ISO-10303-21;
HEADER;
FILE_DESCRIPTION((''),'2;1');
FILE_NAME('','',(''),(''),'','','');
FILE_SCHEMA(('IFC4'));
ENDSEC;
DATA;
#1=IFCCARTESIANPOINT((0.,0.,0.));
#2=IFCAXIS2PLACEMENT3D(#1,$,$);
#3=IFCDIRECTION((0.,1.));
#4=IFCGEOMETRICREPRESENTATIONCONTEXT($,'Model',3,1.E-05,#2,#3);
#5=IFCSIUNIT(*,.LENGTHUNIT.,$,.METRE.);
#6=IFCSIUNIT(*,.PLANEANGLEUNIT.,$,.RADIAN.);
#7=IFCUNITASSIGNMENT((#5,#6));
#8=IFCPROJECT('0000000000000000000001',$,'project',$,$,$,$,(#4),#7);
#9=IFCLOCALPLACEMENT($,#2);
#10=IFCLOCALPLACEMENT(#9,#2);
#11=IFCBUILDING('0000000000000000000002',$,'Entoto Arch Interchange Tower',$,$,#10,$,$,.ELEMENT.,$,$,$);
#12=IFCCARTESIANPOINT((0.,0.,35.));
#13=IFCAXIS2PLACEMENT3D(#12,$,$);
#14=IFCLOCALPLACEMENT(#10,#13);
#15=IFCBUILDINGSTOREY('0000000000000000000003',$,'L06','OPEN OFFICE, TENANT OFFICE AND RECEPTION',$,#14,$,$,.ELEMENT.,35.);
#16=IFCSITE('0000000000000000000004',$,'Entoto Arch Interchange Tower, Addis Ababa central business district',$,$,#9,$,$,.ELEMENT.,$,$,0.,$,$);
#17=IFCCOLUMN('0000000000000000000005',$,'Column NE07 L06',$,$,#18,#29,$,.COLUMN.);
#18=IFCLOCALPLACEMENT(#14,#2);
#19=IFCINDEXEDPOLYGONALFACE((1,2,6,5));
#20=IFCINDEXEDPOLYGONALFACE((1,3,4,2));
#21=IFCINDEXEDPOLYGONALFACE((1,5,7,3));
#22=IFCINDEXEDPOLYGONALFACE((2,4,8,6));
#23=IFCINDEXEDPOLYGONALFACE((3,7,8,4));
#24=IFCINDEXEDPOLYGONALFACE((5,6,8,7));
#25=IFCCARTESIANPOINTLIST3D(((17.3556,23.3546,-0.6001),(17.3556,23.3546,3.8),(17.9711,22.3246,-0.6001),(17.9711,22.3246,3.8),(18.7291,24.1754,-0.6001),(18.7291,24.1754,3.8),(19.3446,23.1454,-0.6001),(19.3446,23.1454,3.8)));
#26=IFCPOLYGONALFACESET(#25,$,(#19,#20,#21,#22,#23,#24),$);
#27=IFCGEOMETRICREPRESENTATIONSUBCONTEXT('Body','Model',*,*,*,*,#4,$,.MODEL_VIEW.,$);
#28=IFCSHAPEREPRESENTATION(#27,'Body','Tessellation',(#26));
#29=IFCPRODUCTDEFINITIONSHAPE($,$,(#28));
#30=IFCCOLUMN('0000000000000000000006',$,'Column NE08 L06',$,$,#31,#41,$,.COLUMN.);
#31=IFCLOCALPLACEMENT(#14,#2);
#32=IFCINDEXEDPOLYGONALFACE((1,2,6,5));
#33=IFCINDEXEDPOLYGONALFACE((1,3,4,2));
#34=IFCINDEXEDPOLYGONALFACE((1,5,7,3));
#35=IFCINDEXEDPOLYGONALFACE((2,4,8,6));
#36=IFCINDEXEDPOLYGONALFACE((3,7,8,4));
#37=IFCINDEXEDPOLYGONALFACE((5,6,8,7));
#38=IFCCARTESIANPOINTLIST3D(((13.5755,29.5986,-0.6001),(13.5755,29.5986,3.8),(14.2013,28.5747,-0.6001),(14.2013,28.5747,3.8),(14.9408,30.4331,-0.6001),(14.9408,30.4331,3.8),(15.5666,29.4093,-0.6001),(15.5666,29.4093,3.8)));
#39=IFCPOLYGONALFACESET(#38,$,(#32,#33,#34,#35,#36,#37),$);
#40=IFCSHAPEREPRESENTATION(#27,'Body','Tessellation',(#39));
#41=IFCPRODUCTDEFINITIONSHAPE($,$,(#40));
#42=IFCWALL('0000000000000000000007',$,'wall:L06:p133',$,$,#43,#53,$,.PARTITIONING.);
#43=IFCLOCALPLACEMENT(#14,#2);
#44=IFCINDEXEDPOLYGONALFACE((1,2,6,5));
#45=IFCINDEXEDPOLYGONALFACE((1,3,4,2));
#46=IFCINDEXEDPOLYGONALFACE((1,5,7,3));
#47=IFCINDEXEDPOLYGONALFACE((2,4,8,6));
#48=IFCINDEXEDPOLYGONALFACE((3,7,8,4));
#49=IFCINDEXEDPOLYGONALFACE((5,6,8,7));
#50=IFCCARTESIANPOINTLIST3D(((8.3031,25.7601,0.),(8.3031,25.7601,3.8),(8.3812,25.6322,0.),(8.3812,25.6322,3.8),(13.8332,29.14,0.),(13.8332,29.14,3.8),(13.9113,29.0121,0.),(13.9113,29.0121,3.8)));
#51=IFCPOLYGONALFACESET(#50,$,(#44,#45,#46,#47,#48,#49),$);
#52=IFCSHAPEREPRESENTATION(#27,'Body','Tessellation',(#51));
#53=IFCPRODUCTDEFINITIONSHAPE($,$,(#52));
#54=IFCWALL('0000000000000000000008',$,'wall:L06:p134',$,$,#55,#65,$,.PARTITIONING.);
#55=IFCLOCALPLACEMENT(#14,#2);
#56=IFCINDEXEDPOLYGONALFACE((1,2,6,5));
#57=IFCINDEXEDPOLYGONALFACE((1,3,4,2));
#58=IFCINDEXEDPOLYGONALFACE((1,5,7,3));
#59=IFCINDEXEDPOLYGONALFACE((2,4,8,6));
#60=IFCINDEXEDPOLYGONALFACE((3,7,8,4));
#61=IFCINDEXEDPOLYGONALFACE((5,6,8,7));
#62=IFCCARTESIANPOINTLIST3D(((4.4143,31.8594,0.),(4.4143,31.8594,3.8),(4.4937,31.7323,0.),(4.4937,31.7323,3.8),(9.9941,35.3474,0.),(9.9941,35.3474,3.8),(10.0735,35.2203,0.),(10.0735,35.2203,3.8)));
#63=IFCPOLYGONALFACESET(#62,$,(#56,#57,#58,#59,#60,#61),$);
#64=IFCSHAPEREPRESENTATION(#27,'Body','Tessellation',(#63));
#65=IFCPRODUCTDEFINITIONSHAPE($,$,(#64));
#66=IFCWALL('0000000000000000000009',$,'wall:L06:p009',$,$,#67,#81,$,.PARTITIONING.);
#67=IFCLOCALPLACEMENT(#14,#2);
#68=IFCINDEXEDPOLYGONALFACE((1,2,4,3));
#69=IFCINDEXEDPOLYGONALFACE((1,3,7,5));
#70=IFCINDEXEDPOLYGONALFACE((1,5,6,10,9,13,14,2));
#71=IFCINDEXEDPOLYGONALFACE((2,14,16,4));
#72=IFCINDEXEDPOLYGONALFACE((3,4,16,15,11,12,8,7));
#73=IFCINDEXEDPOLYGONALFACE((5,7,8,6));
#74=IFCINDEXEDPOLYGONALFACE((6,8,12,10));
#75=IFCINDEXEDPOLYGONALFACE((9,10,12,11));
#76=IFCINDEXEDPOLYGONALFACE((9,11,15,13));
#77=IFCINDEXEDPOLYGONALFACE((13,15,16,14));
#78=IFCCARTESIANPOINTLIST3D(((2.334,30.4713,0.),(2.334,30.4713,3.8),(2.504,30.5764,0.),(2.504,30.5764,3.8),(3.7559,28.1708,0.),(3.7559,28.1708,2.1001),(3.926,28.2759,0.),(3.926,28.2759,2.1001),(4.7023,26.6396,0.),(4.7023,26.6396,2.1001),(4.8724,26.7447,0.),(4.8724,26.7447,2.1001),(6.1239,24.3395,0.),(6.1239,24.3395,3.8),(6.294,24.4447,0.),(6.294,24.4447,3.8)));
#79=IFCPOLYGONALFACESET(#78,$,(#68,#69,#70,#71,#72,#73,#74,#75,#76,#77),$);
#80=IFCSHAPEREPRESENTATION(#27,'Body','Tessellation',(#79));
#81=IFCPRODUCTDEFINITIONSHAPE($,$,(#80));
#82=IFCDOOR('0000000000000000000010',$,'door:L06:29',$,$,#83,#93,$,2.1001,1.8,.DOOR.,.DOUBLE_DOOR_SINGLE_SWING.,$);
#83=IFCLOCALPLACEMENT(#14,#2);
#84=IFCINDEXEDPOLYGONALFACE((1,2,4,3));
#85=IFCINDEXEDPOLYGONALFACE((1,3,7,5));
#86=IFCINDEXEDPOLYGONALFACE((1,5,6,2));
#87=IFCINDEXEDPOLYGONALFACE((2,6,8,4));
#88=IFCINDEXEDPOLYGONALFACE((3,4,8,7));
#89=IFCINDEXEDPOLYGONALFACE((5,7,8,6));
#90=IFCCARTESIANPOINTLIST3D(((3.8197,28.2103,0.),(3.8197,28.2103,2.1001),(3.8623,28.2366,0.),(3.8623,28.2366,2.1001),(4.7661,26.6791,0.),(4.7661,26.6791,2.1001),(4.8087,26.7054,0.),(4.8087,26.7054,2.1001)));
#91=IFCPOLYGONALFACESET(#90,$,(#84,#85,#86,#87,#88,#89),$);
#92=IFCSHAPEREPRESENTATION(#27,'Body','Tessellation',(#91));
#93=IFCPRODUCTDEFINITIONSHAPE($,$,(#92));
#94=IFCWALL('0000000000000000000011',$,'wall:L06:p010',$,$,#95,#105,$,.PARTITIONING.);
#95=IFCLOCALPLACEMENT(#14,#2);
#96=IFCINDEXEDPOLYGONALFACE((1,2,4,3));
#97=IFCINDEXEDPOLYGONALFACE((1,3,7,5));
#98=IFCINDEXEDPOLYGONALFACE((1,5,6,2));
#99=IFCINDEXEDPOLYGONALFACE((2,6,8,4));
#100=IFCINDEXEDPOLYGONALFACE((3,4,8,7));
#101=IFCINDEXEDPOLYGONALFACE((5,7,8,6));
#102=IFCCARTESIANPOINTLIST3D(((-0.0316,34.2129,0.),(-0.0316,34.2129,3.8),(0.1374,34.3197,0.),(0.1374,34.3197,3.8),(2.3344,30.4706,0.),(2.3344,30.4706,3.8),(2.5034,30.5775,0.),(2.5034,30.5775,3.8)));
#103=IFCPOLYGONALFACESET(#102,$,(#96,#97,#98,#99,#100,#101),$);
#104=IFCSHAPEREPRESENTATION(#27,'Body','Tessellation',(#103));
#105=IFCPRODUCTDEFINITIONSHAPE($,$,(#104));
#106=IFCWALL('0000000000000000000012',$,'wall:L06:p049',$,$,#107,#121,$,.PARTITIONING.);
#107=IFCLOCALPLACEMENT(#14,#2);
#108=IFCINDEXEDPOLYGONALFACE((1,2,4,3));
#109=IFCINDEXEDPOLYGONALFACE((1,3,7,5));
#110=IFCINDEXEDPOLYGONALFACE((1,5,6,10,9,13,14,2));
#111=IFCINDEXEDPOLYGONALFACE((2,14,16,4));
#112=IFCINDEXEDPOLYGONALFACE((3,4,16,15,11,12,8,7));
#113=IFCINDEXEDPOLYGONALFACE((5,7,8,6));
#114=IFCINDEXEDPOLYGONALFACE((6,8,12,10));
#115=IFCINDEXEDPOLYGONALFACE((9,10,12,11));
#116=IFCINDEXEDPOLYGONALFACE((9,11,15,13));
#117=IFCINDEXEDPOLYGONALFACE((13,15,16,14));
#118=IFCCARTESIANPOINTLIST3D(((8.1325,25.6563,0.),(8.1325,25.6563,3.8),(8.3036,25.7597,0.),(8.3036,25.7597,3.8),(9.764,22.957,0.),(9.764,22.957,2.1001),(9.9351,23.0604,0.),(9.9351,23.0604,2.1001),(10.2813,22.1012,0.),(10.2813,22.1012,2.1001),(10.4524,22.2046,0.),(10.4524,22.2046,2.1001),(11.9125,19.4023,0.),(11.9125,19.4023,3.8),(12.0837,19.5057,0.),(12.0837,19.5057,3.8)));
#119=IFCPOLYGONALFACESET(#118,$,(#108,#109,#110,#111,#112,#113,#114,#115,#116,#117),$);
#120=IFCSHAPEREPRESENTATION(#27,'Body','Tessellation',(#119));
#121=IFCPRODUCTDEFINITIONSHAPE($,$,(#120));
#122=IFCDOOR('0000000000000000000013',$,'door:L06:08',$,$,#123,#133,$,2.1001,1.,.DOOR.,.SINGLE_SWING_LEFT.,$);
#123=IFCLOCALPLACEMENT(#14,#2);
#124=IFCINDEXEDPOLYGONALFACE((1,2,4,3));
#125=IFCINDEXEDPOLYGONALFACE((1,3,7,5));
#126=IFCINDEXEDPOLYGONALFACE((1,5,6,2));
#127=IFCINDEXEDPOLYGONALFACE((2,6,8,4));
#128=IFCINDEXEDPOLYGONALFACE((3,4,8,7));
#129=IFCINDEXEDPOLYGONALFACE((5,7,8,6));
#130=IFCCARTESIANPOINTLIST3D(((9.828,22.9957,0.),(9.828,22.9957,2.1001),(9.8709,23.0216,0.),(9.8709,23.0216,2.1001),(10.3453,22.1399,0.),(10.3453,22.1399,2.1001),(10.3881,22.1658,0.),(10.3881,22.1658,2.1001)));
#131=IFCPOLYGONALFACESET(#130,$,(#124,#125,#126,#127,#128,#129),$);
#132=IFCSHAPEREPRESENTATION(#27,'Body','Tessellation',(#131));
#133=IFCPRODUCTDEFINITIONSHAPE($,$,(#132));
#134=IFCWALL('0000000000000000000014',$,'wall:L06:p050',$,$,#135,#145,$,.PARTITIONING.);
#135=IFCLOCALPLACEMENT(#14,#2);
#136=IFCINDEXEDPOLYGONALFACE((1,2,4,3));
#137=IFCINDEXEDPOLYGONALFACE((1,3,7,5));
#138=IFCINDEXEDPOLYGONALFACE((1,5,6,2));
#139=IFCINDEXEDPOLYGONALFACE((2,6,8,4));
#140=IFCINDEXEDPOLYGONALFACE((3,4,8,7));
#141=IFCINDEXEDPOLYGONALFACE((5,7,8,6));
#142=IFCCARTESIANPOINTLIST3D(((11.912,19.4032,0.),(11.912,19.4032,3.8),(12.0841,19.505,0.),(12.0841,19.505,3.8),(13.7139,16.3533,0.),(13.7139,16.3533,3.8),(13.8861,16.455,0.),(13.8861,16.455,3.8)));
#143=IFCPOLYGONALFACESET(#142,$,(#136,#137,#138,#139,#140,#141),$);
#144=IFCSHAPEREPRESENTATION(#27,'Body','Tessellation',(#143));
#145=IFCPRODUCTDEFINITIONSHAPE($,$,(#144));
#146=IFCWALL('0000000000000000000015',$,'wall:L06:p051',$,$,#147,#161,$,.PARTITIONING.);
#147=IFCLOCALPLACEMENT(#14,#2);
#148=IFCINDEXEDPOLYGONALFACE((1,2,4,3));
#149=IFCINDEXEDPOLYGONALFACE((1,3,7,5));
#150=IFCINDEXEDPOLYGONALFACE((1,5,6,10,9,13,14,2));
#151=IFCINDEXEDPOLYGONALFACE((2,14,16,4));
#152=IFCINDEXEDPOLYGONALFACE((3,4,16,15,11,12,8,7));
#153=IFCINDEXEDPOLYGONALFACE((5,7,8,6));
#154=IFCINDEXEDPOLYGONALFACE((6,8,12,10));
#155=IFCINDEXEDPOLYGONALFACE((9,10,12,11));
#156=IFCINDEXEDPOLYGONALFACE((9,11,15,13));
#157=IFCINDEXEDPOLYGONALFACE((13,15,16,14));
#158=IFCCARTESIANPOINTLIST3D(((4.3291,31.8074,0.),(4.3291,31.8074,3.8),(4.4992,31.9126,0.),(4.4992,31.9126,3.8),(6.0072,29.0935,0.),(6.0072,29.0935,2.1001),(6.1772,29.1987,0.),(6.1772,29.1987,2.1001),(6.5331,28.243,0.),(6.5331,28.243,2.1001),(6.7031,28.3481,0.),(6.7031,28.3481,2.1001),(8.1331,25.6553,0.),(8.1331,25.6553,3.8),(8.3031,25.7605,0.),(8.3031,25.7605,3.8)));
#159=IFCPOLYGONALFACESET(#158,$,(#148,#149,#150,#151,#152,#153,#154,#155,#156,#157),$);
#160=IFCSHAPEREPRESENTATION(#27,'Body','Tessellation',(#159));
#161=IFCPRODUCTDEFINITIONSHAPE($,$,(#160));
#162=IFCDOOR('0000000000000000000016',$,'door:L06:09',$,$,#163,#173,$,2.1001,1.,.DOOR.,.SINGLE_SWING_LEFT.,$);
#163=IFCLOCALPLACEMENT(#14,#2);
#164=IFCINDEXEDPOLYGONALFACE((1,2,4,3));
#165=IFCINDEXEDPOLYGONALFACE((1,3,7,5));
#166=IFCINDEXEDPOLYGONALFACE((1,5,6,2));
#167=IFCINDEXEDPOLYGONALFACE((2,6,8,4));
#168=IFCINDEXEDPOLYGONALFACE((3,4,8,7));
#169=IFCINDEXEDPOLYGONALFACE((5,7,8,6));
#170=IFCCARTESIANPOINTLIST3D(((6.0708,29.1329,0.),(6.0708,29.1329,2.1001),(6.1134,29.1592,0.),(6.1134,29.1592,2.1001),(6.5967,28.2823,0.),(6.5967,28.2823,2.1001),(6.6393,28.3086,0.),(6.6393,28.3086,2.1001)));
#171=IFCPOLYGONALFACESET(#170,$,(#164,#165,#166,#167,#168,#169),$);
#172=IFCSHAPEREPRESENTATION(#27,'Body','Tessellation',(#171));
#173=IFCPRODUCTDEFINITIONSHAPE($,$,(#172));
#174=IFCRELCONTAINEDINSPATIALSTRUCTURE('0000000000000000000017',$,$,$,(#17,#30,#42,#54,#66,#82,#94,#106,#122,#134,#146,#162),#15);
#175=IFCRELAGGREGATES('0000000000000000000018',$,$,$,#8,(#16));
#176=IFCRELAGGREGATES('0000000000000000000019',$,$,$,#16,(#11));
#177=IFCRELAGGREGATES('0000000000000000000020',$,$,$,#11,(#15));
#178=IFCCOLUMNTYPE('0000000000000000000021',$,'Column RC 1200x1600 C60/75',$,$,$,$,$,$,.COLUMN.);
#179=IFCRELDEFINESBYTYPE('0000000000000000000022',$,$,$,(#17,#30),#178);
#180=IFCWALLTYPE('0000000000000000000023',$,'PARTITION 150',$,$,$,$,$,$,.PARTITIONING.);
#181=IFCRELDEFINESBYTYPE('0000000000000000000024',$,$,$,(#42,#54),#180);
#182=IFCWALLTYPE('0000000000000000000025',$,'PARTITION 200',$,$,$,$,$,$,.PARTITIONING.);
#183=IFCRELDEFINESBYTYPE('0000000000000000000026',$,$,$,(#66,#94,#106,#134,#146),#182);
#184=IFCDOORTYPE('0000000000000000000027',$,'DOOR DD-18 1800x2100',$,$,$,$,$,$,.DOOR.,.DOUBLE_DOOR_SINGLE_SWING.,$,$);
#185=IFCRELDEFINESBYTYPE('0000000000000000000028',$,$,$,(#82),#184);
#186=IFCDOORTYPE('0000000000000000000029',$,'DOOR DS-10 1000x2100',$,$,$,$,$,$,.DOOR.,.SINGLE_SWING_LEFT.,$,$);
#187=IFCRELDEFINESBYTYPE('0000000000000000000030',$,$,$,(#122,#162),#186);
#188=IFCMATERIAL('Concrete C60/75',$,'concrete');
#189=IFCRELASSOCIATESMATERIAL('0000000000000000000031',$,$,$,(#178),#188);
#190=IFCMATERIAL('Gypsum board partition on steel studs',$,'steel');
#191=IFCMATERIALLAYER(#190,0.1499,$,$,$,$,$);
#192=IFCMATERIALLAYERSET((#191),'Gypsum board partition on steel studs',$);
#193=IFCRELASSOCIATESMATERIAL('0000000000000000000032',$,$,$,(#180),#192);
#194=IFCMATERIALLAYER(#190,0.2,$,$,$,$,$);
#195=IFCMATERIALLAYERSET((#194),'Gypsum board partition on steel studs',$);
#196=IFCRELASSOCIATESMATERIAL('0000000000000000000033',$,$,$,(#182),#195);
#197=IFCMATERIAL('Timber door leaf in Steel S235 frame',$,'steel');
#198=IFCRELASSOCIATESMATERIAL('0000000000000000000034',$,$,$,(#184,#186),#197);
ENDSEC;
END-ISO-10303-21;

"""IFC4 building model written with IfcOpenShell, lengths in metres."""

from ifc_helpers import new_model, si_unit, direction, frame, frame_2d, origin, origin_2d, place, context, subcontext, project, spatial, rectangle, extrude, material, layer, layer_set, material_profile, profile_set, type_object, element, fill, save


model = new_model("IFC4")

# Units and contexts
model_context = context("Model", 3, precision=1e-05, world=origin(), true_north=direction((0.0, 1.0)))
body_context = subcontext(model_context, "Body", "Model", "MODEL_VIEW")
ifc_project = project(units=[si_unit("LENGTHUNIT", "METRE"), si_unit("PLANEANGLEUNIT", "RADIAN")], contexts=[model_context])

# Site, building, storey
site_placement = place(None, origin())
site = spatial("IfcSite", under=ifc_project, at=site_placement, Name="Entoto Arch Interchange Tower, Addis Ababa central business district", CompositionType="ELEMENT", RefElevation=0.0)
building_placement = place(site_placement, origin())
building = spatial("IfcBuilding", under=site, at=building_placement, Name="Entoto Arch Interchange Tower", CompositionType="ELEMENT")
storey_placement = place(building_placement, frame((0.0, 0.0, 35.0)))
storey = spatial("IfcBuildingStorey", under=building, at=storey_placement, Name="L06", Description="OPEN OFFICE, TENANT OFFICE AND RECEPTION", CompositionType="ELEMENT", Elevation=35.0)

# Columns
ifc_material_1 = material(Name="Concrete C60/75", Category="concrete")
ifc_material_profile = material_profile(ifc_material_1, rectangle(XDim=1.2, YDim=1.6001, at=origin_2d()))
ifc_profile_set = profile_set([ifc_material_profile], Name="Concrete C60/75")
column_type = type_object("IfcColumnType", Name="Column RC 1200x1600 C60/75", PredefinedType="COLUMN", material=ifc_profile_set)
for number, where, z_axis, x_axis, name in (
    (1, (18.3501, 23.25, -0.6001), (0.0, 0.0, 1.0), (-0.512972, 0.858405, 0.0), "Column NE07 L06"),
    (2, (14.571, 29.5039, -0.6001), (0.0, 0.0, 1.0), (-0.521546, 0.853223, 0.0), "Column NE08 L06"),
):
    element("IfcColumn", number, at=place(storey_placement, frame(where, z_axis=z_axis, x_axis=x_axis)), inside=storey, type_object=column_type, Name=name, PredefinedType="COLUMN", context=body_context, shape_type="SweptSolid", body=[
        extrude(rectangle(XDim=1.2, YDim=1.6001, at=origin_2d()), origin(), (0.0, 0.0, 1.0), 4.4001),
    ])

# Walls
ifc_material_2 = material(Name="Gypsum board partition on steel studs", Category="steel")
ifc_layer_1 = layer(ifc_material_2, 0.1499)
ifc_layer_set_1 = layer_set([ifc_layer_1], Name="Gypsum board partition on steel studs")
wall_type_1 = type_object("IfcWallType", Name="PARTITION 150", PredefinedType="PARTITIONING", material=ifc_layer_set_1)
wall_1_placement = place(storey_placement, frame((8.342, 25.696, 0.0), z_axis=(0.0, 0.0, 1.0), x_axis=(0.853253, 0.521497, 0.0)))
element("IfcWall", 3, at=wall_1_placement, inside=storey, type_object=wall_type_1, Name="wall:L06:p133", PredefinedType="PARTITIONING", context=body_context, shape_type="SweptSolid", body=[
    extrude(rectangle(XDim=6.4812, YDim=0.1499, at=frame_2d((3.2407, 0.0))), origin(), (0.0, 0.0, 1.0), 3.8),
])
wall_2_placement = place(storey_placement, frame((4.4541, 31.7959, 0.0), z_axis=(0.0, 0.0, 1.0), x_axis=(0.847955, 0.530069, 0.0)))
element("IfcWall", 4, at=wall_2_placement, inside=storey, type_object=wall_type_1, Name="wall:L06:p134", PredefinedType="PARTITIONING", context=body_context, shape_type="SweptSolid", body=[
    extrude(rectangle(XDim=6.5803, YDim=0.1499, at=frame_2d((3.29, 0.0))), origin(), (0.0, 0.0, 1.0), 3.8),
])

# Wall, opening, door
ifc_layer_2 = layer(ifc_material_2, 0.2)
ifc_layer_set_2 = layer_set([ifc_layer_2], Name="Gypsum board partition on steel studs")
wall_type_2 = type_object("IfcWallType", Name="PARTITION 200", PredefinedType="PARTITIONING", material=ifc_layer_set_2)
wall_3_placement = place(storey_placement, frame((6.209, 24.3921, 0.0), z_axis=(0.0, 0.0, 1.0), x_axis=(-0.525767, 0.850629, 0.0)))
wall_3 = element("IfcWall", 5, at=wall_3_placement, inside=storey, type_object=wall_type_2, Name="wall:L06:p009", PredefinedType="PARTITIONING", context=body_context, shape_type="SweptSolid", body=[
    extrude(rectangle(XDim=7.2085, YDim=0.2, at=frame_2d((3.6042, 0.0))), origin(), (0.0, 0.0, 1.0), 3.8),
])
opening_1_placement = place(wall_3_placement, frame((2.7041, 0.0, 0.0)))
opening_1 = element("IfcOpeningElement", 6, at=opening_1_placement, cuts=wall_3, PredefinedType="OPENING", context=body_context, shape_type="SweptSolid", body=[
    extrude(rectangle(XDim=1.8, YDim=2.1001, at=frame_2d((0.8999, 1.05))), frame((0.0, 0.1099, 0.0), z_axis=(0.0, -1.0, 0.0), x_axis=(1.0, 0.0, 0.0)), (0.0, 0.0, 1.0), 0.22),
])
ifc_material_3 = material(Name="Timber door leaf in Steel S235 frame", Category="steel")
door_type_1 = type_object("IfcDoorType", Name="DOOR DD-18 1800x2100", OperationType="DOUBLE_DOOR_SINGLE_SWING", PredefinedType="DOOR", material=ifc_material_3)
door_1_placement = place(opening_1_placement, origin())
door_1 = element("IfcDoor", 7, at=door_1_placement, inside=storey, type_object=door_type_1, Name="door:L06:29", OperationType="DOUBLE_DOOR_SINGLE_SWING", OverallHeight=2.1001, OverallWidth=1.8, PredefinedType="DOOR", context=body_context, shape_type="SweptSolid", body=[
    extrude(rectangle(XDim=1.8, YDim=2.1001, at=frame_2d((0.8999, 1.05))), frame((0.0, 0.0249, 0.0), z_axis=(0.0, -1.0, 0.0), x_axis=(1.0, 0.0, 0.0)), (0.0, 0.0, 1.0), 0.05),
])
fill(opening_1, door_1)

# Wall
wall_4_placement = place(storey_placement, frame((2.4189, 30.5239, 0.0), z_axis=(0.0, 0.0, 1.0), x_axis=(-0.534393, 0.845236, 0.0)))
element("IfcWall", 8, at=wall_4_placement, inside=storey, type_object=wall_type_2, Name="wall:L06:p010", PredefinedType="PARTITIONING", context=body_context, shape_type="SweptSolid", body=[
    extrude(rectangle(XDim=4.4275, YDim=0.2, at=frame_2d((2.2139, 0.0))), origin(), (0.0, 0.0, 1.0), 3.8),
])

# Wall, opening, door
wall_5_placement = place(storey_placement, frame((8.218, 25.708, 0.0), z_axis=(0.0, 0.0, 1.0), x_axis=(0.517279, -0.855817, 0.0)))
wall_5 = element("IfcWall", 9, at=wall_5_placement, inside=storey, type_object=wall_type_2, Name="wall:L06:p049", PredefinedType="PARTITIONING", context=body_context, shape_type="SweptSolid", body=[
    extrude(rectangle(XDim=7.3076, YDim=0.2, at=frame_2d((3.6538, 0.0))), origin(), (0.0, 0.0, 1.0), 3.8),
])
opening_2_placement = place(wall_5_placement, frame((3.1541, 0.0, 0.0)))
opening_2 = element("IfcOpeningElement", 10, at=opening_2_placement, cuts=wall_5, PredefinedType="OPENING", context=body_context, shape_type="SweptSolid", body=[
    extrude(rectangle(XDim=1.0, YDim=2.1001, at=frame_2d((0.5, 1.05))), frame((0.0, 0.1099, 0.0), z_axis=(0.0, -1.0, 0.0), x_axis=(1.0, 0.0, 0.0)), (0.0, 0.0, 1.0), 0.22),
])
door_type_2 = type_object("IfcDoorType", Name="DOOR DS-10 1000x2100", OperationType="SINGLE_SWING_LEFT", PredefinedType="DOOR", material=ifc_material_3)
door_2_placement = place(opening_2_placement, origin())
door_2 = element("IfcDoor", 11, at=door_2_placement, inside=storey, type_object=door_type_2, Name="door:L06:08", OperationType="SINGLE_SWING_LEFT", OverallHeight=2.1001, OverallWidth=1.0, PredefinedType="DOOR", context=body_context, shape_type="SweptSolid", body=[
    extrude(rectangle(XDim=1.0, YDim=2.1001, at=frame_2d((0.5, 1.05))), frame((0.0, 0.0249, 0.0), z_axis=(0.0, -1.0, 0.0), x_axis=(1.0, 0.0, 0.0)), (0.0, 0.0, 1.0), 0.05),
])
fill(opening_2, door_2)

# Wall
wall_6_placement = place(storey_placement, frame((11.998, 19.4541, 0.0), z_axis=(0.0, 0.0, 1.0), x_axis=(0.508667, -0.860964, 0.0)))
element("IfcWall", 12, at=wall_6_placement, inside=storey, type_object=wall_type_2, Name="wall:L06:p050", PredefinedType="PARTITIONING", context=body_context, shape_type="SweptSolid", body=[
    extrude(rectangle(XDim=3.5425, YDim=0.2, at=frame_2d((1.7712, 0.0))), origin(), (0.0, 0.0, 1.0), 3.8),
])

# Wall, opening, door
wall_7_placement = place(storey_placement, frame((4.4141, 31.8601, 0.0), z_axis=(0.0, 0.0, 1.0), x_axis=(0.525906, -0.850543, 0.0)))
wall_7 = element("IfcWall", 13, at=wall_7_placement, inside=storey, type_object=wall_type_2, Name="wall:L06:p051", PredefinedType="PARTITIONING", context=body_context, shape_type="SweptSolid", body=[
    extrude(rectangle(XDim=7.2332, YDim=0.2, at=frame_2d((3.6167, 0.0))), origin(), (0.0, 0.0, 1.0), 3.8),
])
opening_3_placement = place(wall_7_placement, frame((3.1909, 0.0, 0.0)))
opening_3 = element("IfcOpeningElement", 14, at=opening_3_placement, cuts=wall_7, PredefinedType="OPENING", context=body_context, shape_type="SweptSolid", body=[
    extrude(rectangle(XDim=1.0, YDim=2.1001, at=frame_2d((0.5, 1.05))), frame((0.0, 0.1099, 0.0), z_axis=(0.0, -1.0, 0.0), x_axis=(1.0, 0.0, 0.0)), (0.0, 0.0, 1.0), 0.22),
])
door_3_placement = place(opening_3_placement, origin())
door_3 = element("IfcDoor", 15, at=door_3_placement, inside=storey, type_object=door_type_2, Name="door:L06:09", OperationType="SINGLE_SWING_LEFT", OverallHeight=2.1001, OverallWidth=1.0, PredefinedType="DOOR", context=body_context, shape_type="SweptSolid", body=[
    extrude(rectangle(XDim=1.0, YDim=2.1001, at=frame_2d((0.5, 1.05))), frame((0.0, 0.0249, 0.0), z_axis=(0.0, -1.0, 0.0), x_axis=(1.0, 0.0, 0.0)), (0.0, 0.0, 1.0), 0.05),
])
fill(opening_3, door_3)

save(model, "model.ifc")
